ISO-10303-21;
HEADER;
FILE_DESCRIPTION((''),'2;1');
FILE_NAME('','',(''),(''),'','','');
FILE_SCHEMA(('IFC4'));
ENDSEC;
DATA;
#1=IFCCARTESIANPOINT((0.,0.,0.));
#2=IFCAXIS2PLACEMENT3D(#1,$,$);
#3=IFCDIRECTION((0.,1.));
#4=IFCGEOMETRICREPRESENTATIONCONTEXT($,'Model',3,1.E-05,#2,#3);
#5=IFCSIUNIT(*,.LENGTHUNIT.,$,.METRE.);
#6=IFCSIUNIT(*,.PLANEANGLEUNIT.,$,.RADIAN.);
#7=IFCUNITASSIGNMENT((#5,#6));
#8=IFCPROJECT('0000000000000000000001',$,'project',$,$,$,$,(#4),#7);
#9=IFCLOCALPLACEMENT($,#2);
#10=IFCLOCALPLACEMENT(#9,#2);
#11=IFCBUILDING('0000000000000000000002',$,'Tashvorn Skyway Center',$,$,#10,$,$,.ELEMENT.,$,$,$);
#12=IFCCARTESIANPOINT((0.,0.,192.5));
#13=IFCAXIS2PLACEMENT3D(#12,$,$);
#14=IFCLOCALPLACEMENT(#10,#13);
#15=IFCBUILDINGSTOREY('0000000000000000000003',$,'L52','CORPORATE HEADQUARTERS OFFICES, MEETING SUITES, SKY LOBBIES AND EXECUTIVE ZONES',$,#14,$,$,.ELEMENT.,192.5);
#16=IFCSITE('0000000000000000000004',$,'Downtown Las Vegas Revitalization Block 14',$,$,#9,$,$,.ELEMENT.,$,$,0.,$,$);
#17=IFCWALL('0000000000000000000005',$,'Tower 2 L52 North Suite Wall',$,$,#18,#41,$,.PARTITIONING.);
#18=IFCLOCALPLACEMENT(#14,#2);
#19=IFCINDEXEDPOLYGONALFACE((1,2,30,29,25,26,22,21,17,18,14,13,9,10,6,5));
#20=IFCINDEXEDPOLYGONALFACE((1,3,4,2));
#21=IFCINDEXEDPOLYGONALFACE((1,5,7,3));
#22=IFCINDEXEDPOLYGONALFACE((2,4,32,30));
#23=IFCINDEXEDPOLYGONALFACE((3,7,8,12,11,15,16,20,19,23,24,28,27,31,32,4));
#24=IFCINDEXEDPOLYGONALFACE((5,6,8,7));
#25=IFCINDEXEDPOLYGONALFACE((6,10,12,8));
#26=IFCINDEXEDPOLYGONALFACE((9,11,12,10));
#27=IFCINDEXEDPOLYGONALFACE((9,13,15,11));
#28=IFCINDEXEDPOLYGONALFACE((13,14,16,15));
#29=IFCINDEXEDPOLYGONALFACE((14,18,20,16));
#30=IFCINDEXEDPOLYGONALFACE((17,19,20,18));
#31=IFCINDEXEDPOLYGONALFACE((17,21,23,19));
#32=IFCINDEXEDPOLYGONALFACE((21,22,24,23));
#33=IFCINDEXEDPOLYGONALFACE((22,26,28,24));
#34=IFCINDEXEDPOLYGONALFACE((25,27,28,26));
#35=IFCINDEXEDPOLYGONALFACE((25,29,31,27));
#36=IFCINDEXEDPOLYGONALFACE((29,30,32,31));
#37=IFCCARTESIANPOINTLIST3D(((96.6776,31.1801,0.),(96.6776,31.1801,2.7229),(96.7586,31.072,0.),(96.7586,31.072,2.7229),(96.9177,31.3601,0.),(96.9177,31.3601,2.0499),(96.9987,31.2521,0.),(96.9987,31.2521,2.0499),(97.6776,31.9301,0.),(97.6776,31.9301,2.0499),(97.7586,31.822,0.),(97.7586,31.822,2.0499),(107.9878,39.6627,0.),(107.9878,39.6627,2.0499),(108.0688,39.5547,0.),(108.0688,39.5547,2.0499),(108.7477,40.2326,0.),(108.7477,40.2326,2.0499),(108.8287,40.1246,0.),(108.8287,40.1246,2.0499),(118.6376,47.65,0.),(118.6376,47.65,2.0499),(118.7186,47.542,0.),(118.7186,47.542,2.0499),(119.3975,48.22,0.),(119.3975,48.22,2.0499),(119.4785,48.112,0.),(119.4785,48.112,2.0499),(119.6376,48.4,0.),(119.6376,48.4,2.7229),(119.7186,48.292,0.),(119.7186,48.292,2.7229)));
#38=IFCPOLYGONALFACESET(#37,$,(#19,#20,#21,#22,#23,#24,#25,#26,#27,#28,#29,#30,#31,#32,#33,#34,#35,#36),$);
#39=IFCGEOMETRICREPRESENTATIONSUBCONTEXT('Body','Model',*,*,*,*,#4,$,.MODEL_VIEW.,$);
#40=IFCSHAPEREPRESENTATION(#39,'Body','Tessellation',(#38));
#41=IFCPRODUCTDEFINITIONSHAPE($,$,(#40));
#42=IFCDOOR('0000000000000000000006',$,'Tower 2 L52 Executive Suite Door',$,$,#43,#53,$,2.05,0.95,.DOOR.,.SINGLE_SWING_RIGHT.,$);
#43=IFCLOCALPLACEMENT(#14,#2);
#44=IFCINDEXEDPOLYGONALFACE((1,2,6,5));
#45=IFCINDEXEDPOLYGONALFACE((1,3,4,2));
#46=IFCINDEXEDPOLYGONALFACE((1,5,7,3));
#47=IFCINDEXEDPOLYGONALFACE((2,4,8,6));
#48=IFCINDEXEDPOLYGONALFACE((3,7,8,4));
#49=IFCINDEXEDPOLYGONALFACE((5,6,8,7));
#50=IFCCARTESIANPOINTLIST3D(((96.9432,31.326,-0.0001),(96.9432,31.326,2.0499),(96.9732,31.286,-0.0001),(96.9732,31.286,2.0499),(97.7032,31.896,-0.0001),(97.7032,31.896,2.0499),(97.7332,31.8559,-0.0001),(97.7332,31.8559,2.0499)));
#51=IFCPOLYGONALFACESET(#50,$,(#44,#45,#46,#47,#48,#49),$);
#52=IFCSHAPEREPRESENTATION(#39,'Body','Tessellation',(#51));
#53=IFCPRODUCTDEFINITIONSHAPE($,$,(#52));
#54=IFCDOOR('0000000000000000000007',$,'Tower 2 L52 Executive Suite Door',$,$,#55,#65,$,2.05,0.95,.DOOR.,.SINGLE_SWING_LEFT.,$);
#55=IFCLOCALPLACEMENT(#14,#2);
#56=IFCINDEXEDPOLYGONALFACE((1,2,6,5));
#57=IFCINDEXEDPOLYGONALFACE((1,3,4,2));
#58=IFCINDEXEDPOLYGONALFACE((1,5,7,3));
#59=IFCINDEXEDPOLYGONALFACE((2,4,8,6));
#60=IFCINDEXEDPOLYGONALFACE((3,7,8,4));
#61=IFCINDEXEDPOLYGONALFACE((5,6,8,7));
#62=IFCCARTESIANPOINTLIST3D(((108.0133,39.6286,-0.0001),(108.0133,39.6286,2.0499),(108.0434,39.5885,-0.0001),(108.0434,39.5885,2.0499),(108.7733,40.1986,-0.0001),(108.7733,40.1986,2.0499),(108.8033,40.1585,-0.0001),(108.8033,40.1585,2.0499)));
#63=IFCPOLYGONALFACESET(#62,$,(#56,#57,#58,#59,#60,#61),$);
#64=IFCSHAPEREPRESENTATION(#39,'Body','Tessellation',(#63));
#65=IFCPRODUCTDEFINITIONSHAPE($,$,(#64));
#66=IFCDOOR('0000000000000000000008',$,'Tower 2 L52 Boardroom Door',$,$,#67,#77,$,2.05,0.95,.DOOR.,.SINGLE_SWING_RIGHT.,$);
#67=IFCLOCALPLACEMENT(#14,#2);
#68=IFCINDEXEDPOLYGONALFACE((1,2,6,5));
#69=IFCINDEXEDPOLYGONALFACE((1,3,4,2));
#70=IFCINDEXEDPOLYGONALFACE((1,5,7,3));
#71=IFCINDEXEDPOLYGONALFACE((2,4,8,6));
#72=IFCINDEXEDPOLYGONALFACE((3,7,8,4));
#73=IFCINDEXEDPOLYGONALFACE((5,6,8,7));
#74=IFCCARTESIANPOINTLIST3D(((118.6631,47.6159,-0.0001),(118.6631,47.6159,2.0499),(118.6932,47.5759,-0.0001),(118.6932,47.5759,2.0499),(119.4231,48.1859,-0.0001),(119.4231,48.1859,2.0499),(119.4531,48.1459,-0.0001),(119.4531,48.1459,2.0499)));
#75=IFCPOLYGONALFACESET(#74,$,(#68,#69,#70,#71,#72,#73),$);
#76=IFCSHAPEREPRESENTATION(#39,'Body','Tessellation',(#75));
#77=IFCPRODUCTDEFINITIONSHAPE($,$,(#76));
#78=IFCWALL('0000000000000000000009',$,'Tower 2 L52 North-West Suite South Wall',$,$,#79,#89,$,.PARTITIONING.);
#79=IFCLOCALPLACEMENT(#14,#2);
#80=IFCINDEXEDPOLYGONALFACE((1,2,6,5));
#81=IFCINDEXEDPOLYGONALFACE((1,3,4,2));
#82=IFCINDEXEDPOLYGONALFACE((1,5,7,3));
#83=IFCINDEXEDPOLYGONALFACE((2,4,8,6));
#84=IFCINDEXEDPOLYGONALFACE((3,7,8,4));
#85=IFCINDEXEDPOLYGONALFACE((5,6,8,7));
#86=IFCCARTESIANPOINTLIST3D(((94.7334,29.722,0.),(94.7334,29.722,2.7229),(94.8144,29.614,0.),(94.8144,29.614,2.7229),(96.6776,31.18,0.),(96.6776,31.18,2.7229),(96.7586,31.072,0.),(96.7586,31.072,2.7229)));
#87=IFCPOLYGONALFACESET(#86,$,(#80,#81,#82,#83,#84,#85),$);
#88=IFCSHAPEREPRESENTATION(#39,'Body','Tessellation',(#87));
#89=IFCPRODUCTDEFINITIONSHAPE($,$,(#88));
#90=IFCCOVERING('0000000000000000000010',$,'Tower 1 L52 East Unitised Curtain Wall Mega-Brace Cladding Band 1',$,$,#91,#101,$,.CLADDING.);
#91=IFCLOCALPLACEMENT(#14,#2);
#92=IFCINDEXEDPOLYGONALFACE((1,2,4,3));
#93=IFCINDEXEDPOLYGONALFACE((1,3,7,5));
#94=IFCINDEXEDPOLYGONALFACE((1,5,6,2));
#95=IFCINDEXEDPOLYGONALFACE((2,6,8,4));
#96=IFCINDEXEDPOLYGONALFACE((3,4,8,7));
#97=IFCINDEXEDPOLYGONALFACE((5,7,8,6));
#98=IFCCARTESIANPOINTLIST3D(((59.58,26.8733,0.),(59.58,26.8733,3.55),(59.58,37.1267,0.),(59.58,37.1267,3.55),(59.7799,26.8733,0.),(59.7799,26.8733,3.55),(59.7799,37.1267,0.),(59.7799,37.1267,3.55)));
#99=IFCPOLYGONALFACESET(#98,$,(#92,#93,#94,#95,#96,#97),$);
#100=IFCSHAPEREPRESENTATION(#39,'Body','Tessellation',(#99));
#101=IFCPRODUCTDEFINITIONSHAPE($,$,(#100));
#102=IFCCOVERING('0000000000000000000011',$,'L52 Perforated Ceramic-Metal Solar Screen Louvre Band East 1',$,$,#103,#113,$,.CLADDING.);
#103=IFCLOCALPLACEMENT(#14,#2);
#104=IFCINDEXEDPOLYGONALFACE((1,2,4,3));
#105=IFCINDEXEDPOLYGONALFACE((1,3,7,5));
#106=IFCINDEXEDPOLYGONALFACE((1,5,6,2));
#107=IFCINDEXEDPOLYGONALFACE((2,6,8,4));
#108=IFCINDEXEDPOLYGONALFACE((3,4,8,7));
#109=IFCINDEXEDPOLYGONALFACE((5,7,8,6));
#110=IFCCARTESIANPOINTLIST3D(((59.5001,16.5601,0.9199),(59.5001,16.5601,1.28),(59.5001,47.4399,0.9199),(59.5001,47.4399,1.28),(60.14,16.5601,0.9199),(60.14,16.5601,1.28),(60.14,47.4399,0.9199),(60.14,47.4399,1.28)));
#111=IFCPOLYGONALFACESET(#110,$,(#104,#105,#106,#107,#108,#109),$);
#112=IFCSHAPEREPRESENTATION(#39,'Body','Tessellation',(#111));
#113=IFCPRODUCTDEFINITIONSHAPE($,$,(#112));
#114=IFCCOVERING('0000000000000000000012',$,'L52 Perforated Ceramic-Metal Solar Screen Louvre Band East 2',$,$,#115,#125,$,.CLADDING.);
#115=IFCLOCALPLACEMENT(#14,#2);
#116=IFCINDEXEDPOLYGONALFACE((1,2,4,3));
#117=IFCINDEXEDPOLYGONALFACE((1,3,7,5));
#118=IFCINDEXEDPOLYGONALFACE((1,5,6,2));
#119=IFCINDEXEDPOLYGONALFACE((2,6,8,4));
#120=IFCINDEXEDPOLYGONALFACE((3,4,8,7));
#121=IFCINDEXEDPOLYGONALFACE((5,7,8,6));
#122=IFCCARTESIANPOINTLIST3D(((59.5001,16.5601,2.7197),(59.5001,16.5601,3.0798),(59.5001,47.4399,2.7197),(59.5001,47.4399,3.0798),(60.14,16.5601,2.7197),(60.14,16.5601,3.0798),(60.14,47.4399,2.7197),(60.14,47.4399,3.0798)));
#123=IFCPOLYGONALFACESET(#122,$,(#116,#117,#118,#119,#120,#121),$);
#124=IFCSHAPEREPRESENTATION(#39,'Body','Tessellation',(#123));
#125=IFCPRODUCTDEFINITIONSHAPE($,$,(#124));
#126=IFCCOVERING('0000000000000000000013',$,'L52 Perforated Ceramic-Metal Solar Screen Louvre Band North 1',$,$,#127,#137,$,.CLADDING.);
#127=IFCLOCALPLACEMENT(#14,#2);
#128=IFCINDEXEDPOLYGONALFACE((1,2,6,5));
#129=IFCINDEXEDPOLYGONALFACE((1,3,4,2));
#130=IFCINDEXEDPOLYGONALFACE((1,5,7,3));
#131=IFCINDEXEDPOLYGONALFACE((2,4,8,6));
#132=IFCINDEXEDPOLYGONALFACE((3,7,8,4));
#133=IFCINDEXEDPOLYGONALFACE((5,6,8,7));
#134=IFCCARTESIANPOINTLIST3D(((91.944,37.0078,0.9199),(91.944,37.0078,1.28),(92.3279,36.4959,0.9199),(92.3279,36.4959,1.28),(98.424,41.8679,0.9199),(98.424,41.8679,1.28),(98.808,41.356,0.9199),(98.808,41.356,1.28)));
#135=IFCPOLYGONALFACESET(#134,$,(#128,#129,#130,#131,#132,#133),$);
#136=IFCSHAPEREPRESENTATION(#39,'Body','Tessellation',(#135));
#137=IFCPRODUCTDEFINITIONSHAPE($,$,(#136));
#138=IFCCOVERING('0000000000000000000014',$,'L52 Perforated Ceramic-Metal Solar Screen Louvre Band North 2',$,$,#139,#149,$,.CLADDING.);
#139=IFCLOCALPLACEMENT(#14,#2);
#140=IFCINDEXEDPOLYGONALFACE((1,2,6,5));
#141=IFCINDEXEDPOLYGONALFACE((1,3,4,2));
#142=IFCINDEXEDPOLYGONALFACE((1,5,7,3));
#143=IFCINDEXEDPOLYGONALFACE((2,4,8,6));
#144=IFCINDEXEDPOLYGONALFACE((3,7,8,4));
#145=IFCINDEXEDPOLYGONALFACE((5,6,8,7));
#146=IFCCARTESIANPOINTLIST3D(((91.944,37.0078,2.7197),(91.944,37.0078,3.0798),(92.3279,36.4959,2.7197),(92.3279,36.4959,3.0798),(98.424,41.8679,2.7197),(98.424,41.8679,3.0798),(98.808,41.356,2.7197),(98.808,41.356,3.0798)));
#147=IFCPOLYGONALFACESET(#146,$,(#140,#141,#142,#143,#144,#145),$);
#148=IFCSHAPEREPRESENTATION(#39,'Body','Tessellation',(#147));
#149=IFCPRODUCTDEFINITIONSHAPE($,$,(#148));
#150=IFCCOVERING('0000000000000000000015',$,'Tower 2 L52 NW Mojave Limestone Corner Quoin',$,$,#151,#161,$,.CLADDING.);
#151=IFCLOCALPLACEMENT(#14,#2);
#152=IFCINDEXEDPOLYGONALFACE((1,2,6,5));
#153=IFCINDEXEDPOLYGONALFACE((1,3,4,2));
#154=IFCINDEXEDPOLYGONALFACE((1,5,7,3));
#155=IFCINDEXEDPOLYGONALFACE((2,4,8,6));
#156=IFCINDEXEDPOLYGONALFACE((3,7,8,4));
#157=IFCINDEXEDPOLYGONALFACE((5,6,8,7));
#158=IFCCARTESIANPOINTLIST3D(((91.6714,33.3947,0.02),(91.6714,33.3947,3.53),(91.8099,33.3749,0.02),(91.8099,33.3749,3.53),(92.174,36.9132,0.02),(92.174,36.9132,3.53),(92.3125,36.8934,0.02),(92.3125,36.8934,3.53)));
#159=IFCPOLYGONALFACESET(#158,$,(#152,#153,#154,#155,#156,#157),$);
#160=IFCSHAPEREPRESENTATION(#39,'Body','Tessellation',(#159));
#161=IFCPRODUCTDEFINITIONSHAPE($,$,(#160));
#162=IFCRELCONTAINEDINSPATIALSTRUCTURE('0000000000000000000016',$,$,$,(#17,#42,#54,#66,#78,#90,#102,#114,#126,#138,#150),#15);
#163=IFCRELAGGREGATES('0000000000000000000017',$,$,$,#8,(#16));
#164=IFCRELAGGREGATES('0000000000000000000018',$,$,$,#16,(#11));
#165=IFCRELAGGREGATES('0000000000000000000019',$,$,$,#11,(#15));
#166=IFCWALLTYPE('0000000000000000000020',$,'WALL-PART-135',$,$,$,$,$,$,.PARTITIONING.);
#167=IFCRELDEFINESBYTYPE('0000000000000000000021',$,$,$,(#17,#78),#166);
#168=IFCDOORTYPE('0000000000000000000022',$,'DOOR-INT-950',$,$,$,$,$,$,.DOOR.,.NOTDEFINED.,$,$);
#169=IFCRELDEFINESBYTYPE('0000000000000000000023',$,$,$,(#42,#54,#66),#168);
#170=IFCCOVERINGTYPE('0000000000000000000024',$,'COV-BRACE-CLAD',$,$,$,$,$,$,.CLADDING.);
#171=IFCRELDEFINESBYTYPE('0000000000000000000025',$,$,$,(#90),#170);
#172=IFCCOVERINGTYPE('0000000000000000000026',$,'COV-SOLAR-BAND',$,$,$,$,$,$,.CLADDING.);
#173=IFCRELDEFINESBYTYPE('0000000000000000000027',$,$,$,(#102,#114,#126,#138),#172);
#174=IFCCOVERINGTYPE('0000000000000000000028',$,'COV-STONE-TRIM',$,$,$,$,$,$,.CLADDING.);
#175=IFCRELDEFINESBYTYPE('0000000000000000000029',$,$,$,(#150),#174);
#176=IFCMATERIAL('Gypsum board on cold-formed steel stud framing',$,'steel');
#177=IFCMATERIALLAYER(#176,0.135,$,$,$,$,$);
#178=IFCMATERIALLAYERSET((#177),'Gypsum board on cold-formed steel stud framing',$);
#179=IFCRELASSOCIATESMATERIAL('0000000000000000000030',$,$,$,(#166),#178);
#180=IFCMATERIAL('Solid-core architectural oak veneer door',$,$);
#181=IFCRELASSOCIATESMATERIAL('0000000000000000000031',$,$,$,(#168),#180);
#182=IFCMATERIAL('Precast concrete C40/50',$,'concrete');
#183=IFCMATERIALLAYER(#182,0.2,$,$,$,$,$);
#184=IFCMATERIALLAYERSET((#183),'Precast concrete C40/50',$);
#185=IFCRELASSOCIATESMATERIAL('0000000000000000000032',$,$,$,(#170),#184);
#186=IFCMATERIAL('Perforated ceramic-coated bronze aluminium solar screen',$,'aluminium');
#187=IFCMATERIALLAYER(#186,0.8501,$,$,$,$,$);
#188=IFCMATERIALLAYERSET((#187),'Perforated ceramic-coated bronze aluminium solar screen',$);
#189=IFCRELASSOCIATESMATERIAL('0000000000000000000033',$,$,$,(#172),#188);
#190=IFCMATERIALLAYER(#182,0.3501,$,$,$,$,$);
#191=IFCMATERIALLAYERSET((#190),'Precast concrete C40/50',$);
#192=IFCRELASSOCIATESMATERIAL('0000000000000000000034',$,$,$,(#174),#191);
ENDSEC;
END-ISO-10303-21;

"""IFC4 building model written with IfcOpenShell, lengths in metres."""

from ifc_helpers import new_model, si_unit, direction, frame, frame_2d, origin, origin_2d, place, context, subcontext, project, spatial, rectangle, extrude, material, layer, layer_set, type_object, element, fill, save


model = new_model("IFC4")

# Units and contexts
model_context = context("Model", 3, precision=1e-05, world=origin(), true_north=direction((0.0, 1.0)))
body_context = subcontext(model_context, "Body", "Model", "MODEL_VIEW")
ifc_project = project(units=[si_unit("LENGTHUNIT", "METRE"), si_unit("PLANEANGLEUNIT", "RADIAN")], contexts=[model_context])

# Site, building, storey
site_placement = place(None, origin())
site = spatial("IfcSite", under=ifc_project, at=site_placement, Name="Downtown Las Vegas Revitalization Block 14", CompositionType="ELEMENT", RefElevation=0.0)
building_placement = place(site_placement, origin())
building = spatial("IfcBuilding", under=site, at=building_placement, Name="Tashvorn Skyway Center", CompositionType="ELEMENT")
storey_placement = place(building_placement, frame((0.0, 0.0, 192.5)))
storey = spatial("IfcBuildingStorey", under=building, at=storey_placement, Name="L52", Description="CORPORATE HEADQUARTERS OFFICES, MEETING SUITES, SKY LOBBIES AND EXECUTIVE ZONES", CompositionType="ELEMENT", Elevation=192.5)

# Shared definitions
ifc_material_1 = material(Name="Precast concrete C40/50", Category="concrete")

# Shared definitions
ifc_material_2 = material(Name="Gypsum board on cold-formed steel stud framing", Category="steel")
ifc_layer_1 = layer(ifc_material_2, 0.135)
ifc_layer_set_1 = layer_set([ifc_layer_1], Name="Gypsum board on cold-formed steel stud framing")
wall_type_1 = type_object("IfcWallType", Name="WALL-PART-135", PredefinedType="PARTITIONING", material=ifc_layer_set_1)
ifc_material_3 = material(Name="Solid-core architectural oak veneer door")
door_type = type_object("IfcDoorType", Name="DOOR-INT-950", OperationType="NOTDEFINED", PredefinedType="DOOR", material=ifc_material_3)

# Wall, openings, doors
wall_1_placement = place(storey_placement, frame((96.718, 31.126, 0.0), z_axis=(0.0, 0.0, 1.0), x_axis=(0.8, 0.6, 0.0)))
wall_1 = element("IfcWall", 1, at=wall_1_placement, inside=storey, type_object=wall_type_1, Name="Tower 2 L52 North Suite Wall", PredefinedType="PARTITIONING", context=body_context, shape_type="SweptSolid", body=[
    extrude(rectangle(XDim=28.7, YDim=0.135, at=frame_2d((14.3501, 0.0))), origin(), (0.0, 0.0, 1.0), 2.7229),
])
opening_1_placement = place(wall_1_placement, frame((0.3, 0.0, 0.0)))
opening_1 = element("IfcOpeningElement", 2, at=opening_1_placement, cuts=wall_1, PredefinedType="OPENING", context=body_context, shape_type="SweptSolid", body=[
    extrude(rectangle(XDim=0.95, YDim=2.05, at=frame_2d((0.4751, 1.0249))), frame((0.0, 0.0774, 0.0), z_axis=(0.0, -1.0, 0.0), x_axis=(1.0, 0.0, 0.0)), (0.0, 0.0, 1.0), 0.155),
])
opening_2_placement = place(wall_1_placement, frame((14.1377, 0.0, 0.0)))
opening_2 = element("IfcOpeningElement", 3, at=opening_2_placement, cuts=wall_1, PredefinedType="OPENING", context=body_context, shape_type="SweptSolid", body=[
    extrude(rectangle(XDim=0.95, YDim=2.05, at=frame_2d((0.4751, 1.0249))), frame((0.0, 0.0774, 0.0), z_axis=(0.0, -1.0, 0.0), x_axis=(1.0, 0.0, 0.0)), (0.0, 0.0, 1.0), 0.155),
])
opening_3_placement = place(wall_1_placement, frame((27.45, 0.0, 0.0)))
opening_3 = element("IfcOpeningElement", 4, at=opening_3_placement, cuts=wall_1, PredefinedType="OPENING", context=body_context, shape_type="SweptSolid", body=[
    extrude(rectangle(XDim=0.95, YDim=2.05, at=frame_2d((0.4751, 1.0249))), frame((0.0, 0.0774, 0.0), z_axis=(0.0, -1.0, 0.0), x_axis=(1.0, 0.0, 0.0)), (0.0, 0.0, 1.0), 0.155),
])
door_1_placement = place(opening_1_placement, origin())
door_1 = element("IfcDoor", 5, at=door_1_placement, inside=storey, type_object=door_type, Name="Tower 2 L52 Executive Suite Door", OperationType="SINGLE_SWING_RIGHT", OverallHeight=2.05, OverallWidth=0.95, PredefinedType="DOOR", context=body_context, shape_type="SweptSolid", body=[
    extrude(rectangle(XDim=0.95, YDim=2.05, at=frame_2d((0.4751, 1.0249))), frame((0.0, 0.0249, 0.0), z_axis=(0.0, -1.0, 0.0), x_axis=(1.0, 0.0, 0.0)), (0.0, 0.0, 1.0), 0.05),
])
fill(opening_1, door_1)
door_2_placement = place(opening_2_placement, origin())
door_2 = element("IfcDoor", 6, at=door_2_placement, inside=storey, type_object=door_type, Name="Tower 2 L52 Executive Suite Door", OperationType="SINGLE_SWING_LEFT", OverallHeight=2.05, OverallWidth=0.95, PredefinedType="DOOR", context=body_context, shape_type="SweptSolid", body=[
    extrude(rectangle(XDim=0.95, YDim=2.05, at=frame_2d((0.4751, 1.0249))), frame((0.0, 0.0249, 0.0), z_axis=(0.0, -1.0, 0.0), x_axis=(1.0, 0.0, 0.0)), (0.0, 0.0, 1.0), 0.05),
])
fill(opening_2, door_2)
door_3_placement = place(opening_3_placement, origin())
door_3 = element("IfcDoor", 7, at=door_3_placement, inside=storey, type_object=door_type, Name="Tower 2 L52 Boardroom Door", OperationType="SINGLE_SWING_RIGHT", OverallHeight=2.05, OverallWidth=0.95, PredefinedType="DOOR", context=body_context, shape_type="SweptSolid", body=[
    extrude(rectangle(XDim=0.95, YDim=2.05, at=frame_2d((0.4751, 1.0249))), frame((0.0, 0.0249, 0.0), z_axis=(0.0, -1.0, 0.0), x_axis=(1.0, 0.0, 0.0)), (0.0, 0.0, 1.0), 0.05),
])
fill(opening_3, door_3)

# Wall
wall_2_placement = place(storey_placement, frame((94.7739, 29.668, 0.0), z_axis=(0.0, 0.0, 1.0), x_axis=(0.800012, 0.599984, 0.0)))
element("IfcWall", 8, at=wall_2_placement, inside=storey, type_object=wall_type_1, Name="Tower 2 L52 North-West Suite South Wall", PredefinedType="PARTITIONING", context=body_context, shape_type="SweptSolid", body=[
    extrude(rectangle(XDim=2.4302, YDim=0.135, at=frame_2d((1.2151, 0.0))), origin(), (0.0, 0.0, 1.0), 2.7229),
])

# Coverings
ifc_layer_2 = layer(ifc_material_1, 0.2)
ifc_layer_set_2 = layer_set([ifc_layer_2], Name="Precast concrete C40/50")
covering_type_1 = type_object("IfcCoveringType", Name="COV-BRACE-CLAD", PredefinedType="CLADDING", material=ifc_layer_set_2)
covering_1_placement = place(storey_placement, frame((59.6799, 32.0, 0.0), z_axis=(0.0, 0.0, 1.0), x_axis=(0.0, -1.0, 0.0)))
element("IfcCovering", 9, at=covering_1_placement, inside=storey, type_object=covering_type_1, Name="Tower 1 L52 East Unitised Curtain Wall Mega-Brace Cladding Band 1", PredefinedType="CLADDING", context=body_context, shape_type="SweptSolid", body=[
    extrude(rectangle(XDim=10.2534, YDim=0.2, at=origin_2d()), origin(), (0.0, 0.0, 1.0), 3.55),
])
ifc_material_4 = material(Name="Perforated ceramic-coated bronze aluminium solar screen", Category="aluminium")
ifc_layer_3 = layer(ifc_material_4, 0.8501)
ifc_layer_set_3 = layer_set([ifc_layer_3], Name="Perforated ceramic-coated bronze aluminium solar screen")
covering_type_2 = type_object("IfcCoveringType", Name="COV-SOLAR-BAND", PredefinedType="CLADDING", material=ifc_layer_set_3)
for number, where, z_axis, x_axis, name in (
    (10, (59.8201, 32.0, 0.9199), (0.0, 0.0, 1.0), (0.0, -1.0, 0.0), "L52 Perforated Ceramic-Metal Solar Screen Louvre Band East 1"),
    (11, (59.8201, 32.0, 2.7197), (0.0, 0.0, 1.0), (0.0, -1.0, 0.0), "L52 Perforated Ceramic-Metal Solar Screen Louvre Band East 2"),
):
    element("IfcCovering", number, at=place(storey_placement, frame(where, z_axis=z_axis, x_axis=x_axis)), inside=storey, type_object=covering_type_2, Name=name, PredefinedType="CLADDING", context=body_context, shape_type="SweptSolid", body=[
        extrude(rectangle(XDim=30.8799, YDim=0.6399, at=origin_2d()), origin(), (0.0, 0.0, 1.0), 0.3601),
    ])
for number, where, z_axis, x_axis, name in (
    (12, (95.376, 39.1819, 0.9199), (0.0, 0.0, 1.0), (0.8, 0.6, 0.0), "L52 Perforated Ceramic-Metal Solar Screen Louvre Band North 1"),
    (13, (95.376, 39.1819, 2.7197), (0.0, 0.0, 1.0), (0.8, 0.6, 0.0), "L52 Perforated Ceramic-Metal Solar Screen Louvre Band North 2"),
):
    element("IfcCovering", number, at=place(storey_placement, frame(where, z_axis=z_axis, x_axis=x_axis)), inside=storey, type_object=covering_type_2, Name=name, PredefinedType="CLADDING", context=body_context, shape_type="SweptSolid", body=[
        extrude(rectangle(XDim=8.1001, YDim=0.6399, at=origin_2d()), origin(), (0.0, 0.0, 1.0), 0.3601),
    ])
ifc_layer_4 = layer(ifc_material_1, 0.3501)
ifc_layer_set_4 = layer_set([ifc_layer_4], Name="Precast concrete C40/50")
covering_type_3 = type_object("IfcCoveringType", Name="COV-STONE-TRIM", PredefinedType="CLADDING", material=ifc_layer_set_4)
covering_2_placement = place(storey_placement, frame((91.9919, 35.144, 0.02), z_axis=(0.0, 0.0, 1.0), x_axis=(-0.141421, -0.989949, 0.0)))
element("IfcCovering", 14, at=covering_2_placement, inside=storey, type_object=covering_type_3, Name="Tower 2 L52 NW Mojave Limestone Corner Quoin", PredefinedType="CLADDING", context=body_context, shape_type="SweptSolid", body=[
    extrude(rectangle(XDim=3.5542, YDim=0.1399, at=origin_2d()), origin(), (0.0, 0.0, 1.0), 3.51),
])

save(model, "model.ifc")
